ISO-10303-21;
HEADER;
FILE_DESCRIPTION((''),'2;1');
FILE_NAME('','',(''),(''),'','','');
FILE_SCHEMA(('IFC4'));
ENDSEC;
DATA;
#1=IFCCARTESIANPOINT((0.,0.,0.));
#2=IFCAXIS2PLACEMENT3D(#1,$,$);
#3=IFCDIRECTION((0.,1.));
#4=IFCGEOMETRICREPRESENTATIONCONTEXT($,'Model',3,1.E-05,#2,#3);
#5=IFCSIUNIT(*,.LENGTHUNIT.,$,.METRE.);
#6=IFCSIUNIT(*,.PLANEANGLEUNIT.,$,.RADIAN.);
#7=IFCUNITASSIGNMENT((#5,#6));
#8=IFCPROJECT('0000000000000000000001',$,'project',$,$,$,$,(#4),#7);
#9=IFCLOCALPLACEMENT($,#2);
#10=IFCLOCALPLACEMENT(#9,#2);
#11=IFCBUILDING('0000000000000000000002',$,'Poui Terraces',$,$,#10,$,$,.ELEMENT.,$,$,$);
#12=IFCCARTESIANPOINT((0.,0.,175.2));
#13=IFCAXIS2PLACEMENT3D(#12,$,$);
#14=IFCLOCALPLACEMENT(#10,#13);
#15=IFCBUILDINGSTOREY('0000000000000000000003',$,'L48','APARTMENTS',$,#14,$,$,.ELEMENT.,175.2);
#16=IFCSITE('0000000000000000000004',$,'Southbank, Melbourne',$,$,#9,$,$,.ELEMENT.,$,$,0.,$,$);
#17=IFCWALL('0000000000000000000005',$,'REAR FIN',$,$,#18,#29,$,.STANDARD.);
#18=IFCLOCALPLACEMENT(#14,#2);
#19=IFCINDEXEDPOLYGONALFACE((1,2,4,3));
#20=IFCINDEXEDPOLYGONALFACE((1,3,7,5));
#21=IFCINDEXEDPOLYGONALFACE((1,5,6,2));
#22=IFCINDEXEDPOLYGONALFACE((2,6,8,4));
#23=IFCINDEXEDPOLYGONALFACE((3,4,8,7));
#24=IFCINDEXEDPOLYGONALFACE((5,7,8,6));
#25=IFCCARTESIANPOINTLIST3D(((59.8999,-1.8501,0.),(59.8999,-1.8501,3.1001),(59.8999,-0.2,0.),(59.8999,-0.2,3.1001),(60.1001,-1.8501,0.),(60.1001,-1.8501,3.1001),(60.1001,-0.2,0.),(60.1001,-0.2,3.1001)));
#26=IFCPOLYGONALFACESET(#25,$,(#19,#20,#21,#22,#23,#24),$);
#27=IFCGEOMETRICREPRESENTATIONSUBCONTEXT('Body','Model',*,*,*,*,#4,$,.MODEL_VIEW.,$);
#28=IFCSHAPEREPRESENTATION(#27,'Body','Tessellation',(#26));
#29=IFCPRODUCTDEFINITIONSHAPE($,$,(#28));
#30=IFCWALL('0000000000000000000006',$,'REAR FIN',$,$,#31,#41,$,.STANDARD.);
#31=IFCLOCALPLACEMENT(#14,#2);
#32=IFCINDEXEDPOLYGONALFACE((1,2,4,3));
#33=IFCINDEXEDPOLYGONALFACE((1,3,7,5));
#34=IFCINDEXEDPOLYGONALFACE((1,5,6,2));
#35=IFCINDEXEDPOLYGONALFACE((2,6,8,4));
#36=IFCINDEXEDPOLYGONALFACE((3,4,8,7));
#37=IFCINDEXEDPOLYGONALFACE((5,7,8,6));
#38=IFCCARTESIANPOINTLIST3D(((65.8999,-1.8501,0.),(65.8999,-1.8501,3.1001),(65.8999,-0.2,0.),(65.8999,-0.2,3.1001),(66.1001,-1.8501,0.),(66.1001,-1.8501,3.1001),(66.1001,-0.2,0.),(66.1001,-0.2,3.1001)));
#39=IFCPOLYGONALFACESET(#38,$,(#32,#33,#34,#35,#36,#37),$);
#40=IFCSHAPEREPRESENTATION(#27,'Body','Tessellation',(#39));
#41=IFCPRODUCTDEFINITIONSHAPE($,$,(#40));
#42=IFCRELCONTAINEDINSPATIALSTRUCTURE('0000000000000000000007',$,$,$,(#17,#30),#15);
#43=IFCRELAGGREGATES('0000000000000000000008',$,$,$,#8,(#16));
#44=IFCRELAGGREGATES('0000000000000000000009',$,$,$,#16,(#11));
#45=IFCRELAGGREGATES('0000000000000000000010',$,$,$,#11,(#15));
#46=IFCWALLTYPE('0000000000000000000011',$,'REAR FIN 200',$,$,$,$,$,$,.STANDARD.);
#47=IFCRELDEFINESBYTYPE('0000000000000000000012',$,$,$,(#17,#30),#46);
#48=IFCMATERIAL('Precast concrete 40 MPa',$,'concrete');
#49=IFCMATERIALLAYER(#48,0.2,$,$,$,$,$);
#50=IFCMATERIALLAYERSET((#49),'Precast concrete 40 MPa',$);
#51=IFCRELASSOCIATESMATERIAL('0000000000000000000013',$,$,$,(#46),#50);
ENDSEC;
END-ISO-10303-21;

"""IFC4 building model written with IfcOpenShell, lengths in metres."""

from ifc_helpers import new_model, si_unit, direction, frame, origin, place, context, subcontext, project, spatial, polyline, outline, extrude, source, transform, mapped, material, layer, layer_set, type_object, element, save


model = new_model("IFC4")

# Units and contexts
model_context = context("Model", 3, precision=1e-05, world=origin(), true_north=direction((0.0, 1.0)))
body_context = subcontext(model_context, "Body", "Model", "MODEL_VIEW")
ifc_project = project(units=[si_unit("LENGTHUNIT", "METRE"), si_unit("PLANEANGLEUNIT", "RADIAN")], contexts=[model_context])

# Site, building, storey
site_placement = place(None, origin())
site = spatial("IfcSite", under=ifc_project, at=site_placement, Name="Southbank, Melbourne", CompositionType="ELEMENT", RefElevation=0.0)
building_placement = place(site_placement, origin())
building = spatial("IfcBuilding", under=site, at=building_placement, Name="Poui Terraces", CompositionType="ELEMENT")
storey_placement = place(building_placement, frame((0.0, 0.0, 175.2)))
storey = spatial("IfcBuildingStorey", under=building, at=storey_placement, Name="L48", Description="APARTMENTS", CompositionType="ELEMENT", Elevation=175.2)

# Shared definitions
ifc_material_1 = material(Name="Precast concrete 40 MPa", Category="concrete")

# Walls
ifc_layer_1 = layer(ifc_material_1, 0.2)
ifc_layer_set_1 = layer_set([ifc_layer_1], Name="Precast concrete 40 MPa")
wall_type_1 = type_object("IfcWallType", Name="REAR FIN 200", PredefinedType="STANDARD", material=ifc_layer_set_1)
shared_shape_1 = source(origin(), body_context, "Body", "SweptSolid", [
    extrude(outline(polyline([(0.0, 0.0), (0.2002, 0.0), (0.2002, 1.6501), (0.0, 1.6501), (0.0, 0.0)])), origin(), (0.0, 0.0, 1.0), 3.1001),
])
for number, where, name in (
    (1, (59.8999, -1.8501, 0.0), "REAR FIN"),
    (2, (65.8999, -1.8501, 0.0), "REAR FIN"),
):
    element("IfcWall", number, at=place(storey_placement, frame(where)), inside=storey, type_object=wall_type_1, Name=name, PredefinedType="STANDARD", context=body_context, shape_type="MappedRepresentation", body=[
        mapped(shared_shape_1, transform((0.0, 0.0, 0.0))),
    ])

save(model, "model.ifc")
